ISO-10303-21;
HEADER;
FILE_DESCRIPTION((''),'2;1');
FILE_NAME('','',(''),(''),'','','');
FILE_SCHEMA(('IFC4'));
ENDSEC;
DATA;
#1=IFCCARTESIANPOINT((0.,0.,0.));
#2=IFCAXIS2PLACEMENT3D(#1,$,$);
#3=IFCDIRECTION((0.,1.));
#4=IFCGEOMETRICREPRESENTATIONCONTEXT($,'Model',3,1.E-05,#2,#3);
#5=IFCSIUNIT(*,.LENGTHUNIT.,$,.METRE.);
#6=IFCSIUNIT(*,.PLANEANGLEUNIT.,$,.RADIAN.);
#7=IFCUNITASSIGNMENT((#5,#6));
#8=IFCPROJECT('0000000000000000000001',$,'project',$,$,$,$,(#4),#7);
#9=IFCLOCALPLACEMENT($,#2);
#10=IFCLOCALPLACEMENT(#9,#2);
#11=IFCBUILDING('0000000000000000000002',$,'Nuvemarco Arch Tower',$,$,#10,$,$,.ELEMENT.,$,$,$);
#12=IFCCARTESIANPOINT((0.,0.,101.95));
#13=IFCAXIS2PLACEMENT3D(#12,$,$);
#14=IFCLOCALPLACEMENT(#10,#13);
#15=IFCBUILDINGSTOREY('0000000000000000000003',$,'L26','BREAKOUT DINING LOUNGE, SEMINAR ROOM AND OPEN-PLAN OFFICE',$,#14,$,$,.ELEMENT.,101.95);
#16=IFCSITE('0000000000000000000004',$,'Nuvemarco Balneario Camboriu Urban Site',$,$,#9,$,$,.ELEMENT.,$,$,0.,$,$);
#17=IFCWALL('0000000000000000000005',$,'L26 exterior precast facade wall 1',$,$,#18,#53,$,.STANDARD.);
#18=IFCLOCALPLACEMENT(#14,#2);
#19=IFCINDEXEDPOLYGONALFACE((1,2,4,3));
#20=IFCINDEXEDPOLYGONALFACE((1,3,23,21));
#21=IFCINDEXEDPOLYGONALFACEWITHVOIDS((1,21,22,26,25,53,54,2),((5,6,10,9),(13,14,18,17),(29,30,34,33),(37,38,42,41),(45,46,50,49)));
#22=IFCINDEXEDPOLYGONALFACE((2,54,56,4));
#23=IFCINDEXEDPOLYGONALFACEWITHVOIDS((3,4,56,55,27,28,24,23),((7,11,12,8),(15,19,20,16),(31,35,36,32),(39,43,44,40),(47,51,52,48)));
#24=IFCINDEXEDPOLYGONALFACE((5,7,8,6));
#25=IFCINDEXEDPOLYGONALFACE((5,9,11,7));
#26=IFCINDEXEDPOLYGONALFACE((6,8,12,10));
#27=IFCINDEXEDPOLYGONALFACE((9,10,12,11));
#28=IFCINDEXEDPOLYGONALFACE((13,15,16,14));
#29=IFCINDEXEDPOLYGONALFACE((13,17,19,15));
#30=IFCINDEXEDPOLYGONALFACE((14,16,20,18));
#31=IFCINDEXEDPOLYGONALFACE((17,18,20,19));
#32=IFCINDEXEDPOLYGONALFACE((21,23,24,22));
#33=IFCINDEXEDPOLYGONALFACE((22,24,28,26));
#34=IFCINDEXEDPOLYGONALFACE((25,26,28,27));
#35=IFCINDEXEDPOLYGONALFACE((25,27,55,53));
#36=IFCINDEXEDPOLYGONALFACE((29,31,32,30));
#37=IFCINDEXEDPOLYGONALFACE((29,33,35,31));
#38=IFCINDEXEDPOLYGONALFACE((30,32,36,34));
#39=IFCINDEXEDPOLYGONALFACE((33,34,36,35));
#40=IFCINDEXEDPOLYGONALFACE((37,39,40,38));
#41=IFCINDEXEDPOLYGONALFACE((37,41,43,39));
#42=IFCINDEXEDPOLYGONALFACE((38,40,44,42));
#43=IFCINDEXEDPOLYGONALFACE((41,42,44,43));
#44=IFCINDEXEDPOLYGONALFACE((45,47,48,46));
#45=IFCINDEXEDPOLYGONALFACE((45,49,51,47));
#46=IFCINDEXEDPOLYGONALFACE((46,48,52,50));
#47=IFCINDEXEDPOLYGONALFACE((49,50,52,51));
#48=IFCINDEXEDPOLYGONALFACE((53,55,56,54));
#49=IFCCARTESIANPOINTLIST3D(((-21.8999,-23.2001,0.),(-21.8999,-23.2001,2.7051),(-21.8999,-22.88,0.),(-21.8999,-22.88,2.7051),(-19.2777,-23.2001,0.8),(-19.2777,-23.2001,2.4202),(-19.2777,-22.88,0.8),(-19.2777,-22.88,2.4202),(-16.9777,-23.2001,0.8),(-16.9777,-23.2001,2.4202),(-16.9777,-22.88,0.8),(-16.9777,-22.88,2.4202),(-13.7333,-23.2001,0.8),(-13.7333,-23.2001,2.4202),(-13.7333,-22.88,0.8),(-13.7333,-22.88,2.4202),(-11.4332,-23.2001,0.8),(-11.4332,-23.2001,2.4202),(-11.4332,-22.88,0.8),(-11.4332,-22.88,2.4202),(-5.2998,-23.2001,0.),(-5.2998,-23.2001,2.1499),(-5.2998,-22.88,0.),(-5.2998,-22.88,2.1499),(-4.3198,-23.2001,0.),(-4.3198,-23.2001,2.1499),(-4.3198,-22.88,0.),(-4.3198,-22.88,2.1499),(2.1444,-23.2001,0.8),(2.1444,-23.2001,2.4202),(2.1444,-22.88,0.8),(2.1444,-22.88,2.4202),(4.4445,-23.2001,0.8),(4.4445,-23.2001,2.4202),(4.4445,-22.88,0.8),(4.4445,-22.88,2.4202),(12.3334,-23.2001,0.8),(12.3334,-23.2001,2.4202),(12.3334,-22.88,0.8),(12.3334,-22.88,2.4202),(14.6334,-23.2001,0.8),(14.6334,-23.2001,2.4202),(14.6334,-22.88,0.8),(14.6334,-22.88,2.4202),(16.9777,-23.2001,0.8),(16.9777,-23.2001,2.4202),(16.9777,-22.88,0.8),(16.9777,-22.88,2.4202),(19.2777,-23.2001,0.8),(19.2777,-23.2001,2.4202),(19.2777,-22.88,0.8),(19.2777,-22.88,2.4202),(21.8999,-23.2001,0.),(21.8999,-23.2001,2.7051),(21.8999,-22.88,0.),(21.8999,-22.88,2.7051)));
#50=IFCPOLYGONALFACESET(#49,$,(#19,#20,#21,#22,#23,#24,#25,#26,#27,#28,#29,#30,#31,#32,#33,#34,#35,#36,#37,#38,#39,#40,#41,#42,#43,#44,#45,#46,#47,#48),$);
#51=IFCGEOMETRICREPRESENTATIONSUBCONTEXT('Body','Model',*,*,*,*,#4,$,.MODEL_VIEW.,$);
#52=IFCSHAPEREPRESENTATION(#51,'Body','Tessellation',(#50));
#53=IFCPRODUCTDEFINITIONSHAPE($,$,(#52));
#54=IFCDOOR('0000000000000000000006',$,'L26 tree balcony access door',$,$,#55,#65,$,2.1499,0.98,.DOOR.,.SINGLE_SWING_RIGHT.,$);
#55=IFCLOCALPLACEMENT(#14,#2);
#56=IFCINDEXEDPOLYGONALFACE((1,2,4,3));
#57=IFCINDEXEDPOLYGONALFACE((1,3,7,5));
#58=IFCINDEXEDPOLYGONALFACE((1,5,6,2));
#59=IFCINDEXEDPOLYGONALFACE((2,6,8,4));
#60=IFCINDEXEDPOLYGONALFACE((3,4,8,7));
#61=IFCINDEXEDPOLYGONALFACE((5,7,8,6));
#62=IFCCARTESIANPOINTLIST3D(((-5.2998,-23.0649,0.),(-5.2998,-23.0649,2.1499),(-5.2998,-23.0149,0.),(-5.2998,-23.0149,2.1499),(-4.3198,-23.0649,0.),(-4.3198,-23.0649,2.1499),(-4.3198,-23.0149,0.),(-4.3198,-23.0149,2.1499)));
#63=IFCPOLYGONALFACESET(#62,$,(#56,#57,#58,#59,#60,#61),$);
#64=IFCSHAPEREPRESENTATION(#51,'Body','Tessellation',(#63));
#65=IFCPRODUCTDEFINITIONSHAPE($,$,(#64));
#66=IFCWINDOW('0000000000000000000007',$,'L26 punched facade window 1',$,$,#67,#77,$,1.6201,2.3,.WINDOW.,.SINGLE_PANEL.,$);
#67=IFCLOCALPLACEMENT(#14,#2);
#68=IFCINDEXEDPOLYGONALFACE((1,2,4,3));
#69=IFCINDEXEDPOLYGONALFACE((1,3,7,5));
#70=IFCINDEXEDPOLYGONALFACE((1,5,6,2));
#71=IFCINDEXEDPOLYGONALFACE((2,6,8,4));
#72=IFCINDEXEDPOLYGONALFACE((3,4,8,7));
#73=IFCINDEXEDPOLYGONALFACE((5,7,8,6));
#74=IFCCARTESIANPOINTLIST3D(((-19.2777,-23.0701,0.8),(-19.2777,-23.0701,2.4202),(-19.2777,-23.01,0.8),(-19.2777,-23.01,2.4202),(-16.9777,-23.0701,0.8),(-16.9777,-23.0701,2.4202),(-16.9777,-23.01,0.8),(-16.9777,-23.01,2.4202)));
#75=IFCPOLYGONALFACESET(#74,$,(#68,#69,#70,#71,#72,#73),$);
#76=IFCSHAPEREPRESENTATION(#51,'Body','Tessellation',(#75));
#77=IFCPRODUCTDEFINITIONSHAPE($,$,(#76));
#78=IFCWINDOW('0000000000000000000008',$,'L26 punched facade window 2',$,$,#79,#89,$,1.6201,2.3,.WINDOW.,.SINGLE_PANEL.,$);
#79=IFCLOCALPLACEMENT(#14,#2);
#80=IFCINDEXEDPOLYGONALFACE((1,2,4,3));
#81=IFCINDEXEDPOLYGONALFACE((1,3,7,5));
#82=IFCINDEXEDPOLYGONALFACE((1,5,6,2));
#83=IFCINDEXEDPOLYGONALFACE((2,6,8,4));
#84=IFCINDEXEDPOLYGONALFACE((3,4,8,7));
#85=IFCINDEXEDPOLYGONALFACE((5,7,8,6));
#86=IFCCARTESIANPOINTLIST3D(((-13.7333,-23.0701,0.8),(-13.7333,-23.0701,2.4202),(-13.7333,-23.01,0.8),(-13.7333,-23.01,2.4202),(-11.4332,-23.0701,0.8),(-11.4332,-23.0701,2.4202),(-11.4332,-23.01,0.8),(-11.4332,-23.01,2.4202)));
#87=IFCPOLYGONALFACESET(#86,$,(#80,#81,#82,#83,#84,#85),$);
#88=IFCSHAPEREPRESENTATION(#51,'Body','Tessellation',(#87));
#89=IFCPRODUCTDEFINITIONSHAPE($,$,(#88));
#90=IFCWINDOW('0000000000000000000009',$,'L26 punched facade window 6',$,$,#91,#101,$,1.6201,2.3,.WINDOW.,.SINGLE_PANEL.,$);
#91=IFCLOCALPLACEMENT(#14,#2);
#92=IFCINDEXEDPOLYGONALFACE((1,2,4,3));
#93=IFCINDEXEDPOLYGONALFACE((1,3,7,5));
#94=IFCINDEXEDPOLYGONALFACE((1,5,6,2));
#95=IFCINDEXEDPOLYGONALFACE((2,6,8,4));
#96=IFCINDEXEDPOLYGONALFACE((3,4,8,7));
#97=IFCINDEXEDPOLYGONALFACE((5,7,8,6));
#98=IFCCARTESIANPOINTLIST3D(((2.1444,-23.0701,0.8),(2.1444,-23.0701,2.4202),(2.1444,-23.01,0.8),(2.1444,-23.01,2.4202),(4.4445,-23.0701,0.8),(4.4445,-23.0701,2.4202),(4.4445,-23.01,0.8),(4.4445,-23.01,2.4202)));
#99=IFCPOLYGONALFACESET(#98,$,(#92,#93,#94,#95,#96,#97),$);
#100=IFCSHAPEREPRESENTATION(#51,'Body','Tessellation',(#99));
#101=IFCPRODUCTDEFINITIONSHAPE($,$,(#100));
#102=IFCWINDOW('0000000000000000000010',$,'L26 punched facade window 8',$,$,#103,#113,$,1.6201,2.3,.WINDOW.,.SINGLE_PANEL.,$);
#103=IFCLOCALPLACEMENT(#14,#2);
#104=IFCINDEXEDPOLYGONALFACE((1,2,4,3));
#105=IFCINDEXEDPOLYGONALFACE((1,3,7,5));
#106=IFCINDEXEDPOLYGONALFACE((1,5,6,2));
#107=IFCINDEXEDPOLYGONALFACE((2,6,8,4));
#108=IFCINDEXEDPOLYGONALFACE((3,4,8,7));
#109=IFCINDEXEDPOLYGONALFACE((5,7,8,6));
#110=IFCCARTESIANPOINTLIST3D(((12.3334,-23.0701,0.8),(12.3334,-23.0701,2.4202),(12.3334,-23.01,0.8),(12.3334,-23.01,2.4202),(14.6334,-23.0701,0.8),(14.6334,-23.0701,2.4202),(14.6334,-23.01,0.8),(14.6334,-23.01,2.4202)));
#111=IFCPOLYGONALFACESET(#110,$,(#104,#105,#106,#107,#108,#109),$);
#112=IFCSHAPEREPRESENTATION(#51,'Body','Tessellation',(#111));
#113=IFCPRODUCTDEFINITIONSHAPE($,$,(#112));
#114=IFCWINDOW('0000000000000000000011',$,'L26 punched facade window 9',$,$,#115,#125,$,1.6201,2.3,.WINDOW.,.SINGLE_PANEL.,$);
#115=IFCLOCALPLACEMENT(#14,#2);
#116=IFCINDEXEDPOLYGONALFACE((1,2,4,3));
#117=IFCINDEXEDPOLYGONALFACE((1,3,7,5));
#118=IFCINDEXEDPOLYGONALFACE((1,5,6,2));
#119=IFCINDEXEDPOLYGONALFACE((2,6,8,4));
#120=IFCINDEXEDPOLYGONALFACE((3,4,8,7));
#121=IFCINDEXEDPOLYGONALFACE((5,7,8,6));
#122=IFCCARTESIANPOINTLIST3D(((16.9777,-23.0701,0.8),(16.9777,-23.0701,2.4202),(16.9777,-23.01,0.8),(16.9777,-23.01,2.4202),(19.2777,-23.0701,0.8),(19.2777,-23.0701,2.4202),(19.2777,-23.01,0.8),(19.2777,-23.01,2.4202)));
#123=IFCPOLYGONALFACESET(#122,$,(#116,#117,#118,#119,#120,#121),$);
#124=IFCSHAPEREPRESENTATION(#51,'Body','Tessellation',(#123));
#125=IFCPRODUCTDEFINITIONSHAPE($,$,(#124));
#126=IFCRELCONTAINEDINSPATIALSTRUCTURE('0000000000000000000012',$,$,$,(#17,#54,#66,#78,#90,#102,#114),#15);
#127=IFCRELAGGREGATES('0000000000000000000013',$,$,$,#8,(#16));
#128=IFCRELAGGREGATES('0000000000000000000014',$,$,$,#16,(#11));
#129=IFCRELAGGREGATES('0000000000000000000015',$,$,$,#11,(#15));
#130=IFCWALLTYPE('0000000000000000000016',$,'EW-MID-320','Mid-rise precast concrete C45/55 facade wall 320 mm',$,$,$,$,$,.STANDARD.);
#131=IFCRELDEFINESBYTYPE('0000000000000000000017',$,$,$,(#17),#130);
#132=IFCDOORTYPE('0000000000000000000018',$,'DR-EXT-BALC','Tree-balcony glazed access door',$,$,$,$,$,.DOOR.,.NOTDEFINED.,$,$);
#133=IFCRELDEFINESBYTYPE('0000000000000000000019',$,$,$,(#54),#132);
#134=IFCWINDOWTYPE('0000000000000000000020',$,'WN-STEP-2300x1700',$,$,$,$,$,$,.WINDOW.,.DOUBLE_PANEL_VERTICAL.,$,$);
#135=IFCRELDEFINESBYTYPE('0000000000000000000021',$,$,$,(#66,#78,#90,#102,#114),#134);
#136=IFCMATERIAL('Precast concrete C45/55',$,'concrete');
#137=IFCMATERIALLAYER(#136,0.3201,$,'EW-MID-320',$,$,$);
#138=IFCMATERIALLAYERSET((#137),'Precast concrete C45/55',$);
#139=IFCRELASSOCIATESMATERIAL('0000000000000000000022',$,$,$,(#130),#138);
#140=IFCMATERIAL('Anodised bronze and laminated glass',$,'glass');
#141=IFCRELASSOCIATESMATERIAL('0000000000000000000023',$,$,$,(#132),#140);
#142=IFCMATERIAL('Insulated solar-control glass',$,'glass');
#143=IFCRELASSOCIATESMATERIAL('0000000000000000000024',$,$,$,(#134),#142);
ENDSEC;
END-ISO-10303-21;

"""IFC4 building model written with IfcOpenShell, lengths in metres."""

from ifc_helpers import new_model, si_unit, direction, frame, frame_2d, origin, place, context, subcontext, project, spatial, rectangle, extrude, source, transform, mapped, material, layer, layer_set, type_object, type_shapes, element, fill, save


model = new_model("IFC4")

# Units and contexts
model_context = context("Model", 3, precision=1e-05, world=origin(), true_north=direction((0.0, 1.0)))
body_context = subcontext(model_context, "Body", "Model", "MODEL_VIEW")
ifc_project = project(units=[si_unit("LENGTHUNIT", "METRE"), si_unit("PLANEANGLEUNIT", "RADIAN")], contexts=[model_context])

# Site, building, storey
site_placement = place(None, origin())
site = spatial("IfcSite", under=ifc_project, at=site_placement, Name="Nuvemarco Balneario Camboriu Urban Site", CompositionType="ELEMENT", RefElevation=0.0)
building_placement = place(site_placement, origin())
building = spatial("IfcBuilding", under=site, at=building_placement, Name="Nuvemarco Arch Tower", CompositionType="ELEMENT")
storey_placement = place(building_placement, frame((0.0, 0.0, 101.95)))
storey = spatial("IfcBuildingStorey", under=building, at=storey_placement, Name="L26", Description="BREAKOUT DINING LOUNGE, SEMINAR ROOM AND OPEN-PLAN OFFICE", CompositionType="ELEMENT", Elevation=101.95)

# Wall, openings, door, windows
ifc_material_1 = material(Name="Precast concrete C45/55", Category="concrete")
ifc_layer_1 = layer(ifc_material_1, 0.3201, Name="EW-MID-320")
ifc_layer_set_1 = layer_set([ifc_layer_1], Name="Precast concrete C45/55")
wall_type_1 = type_object("IfcWallType", Name="EW-MID-320", Description="Mid-rise precast concrete C45/55 facade wall 320 mm", PredefinedType="STANDARD", material=ifc_layer_set_1)
wall_1_placement = place(storey_placement, frame((-21.8999, -23.04, 0.0), z_axis=(0.0, 0.0, 1.0), x_axis=(1.0, 0.0, 0.0)))
wall_1 = element("IfcWall", 1, at=wall_1_placement, inside=storey, type_object=wall_type_1, Name="L26 exterior precast facade wall 1", PredefinedType="STANDARD", context=body_context, shape_type="SweptSolid", body=[
    extrude(rectangle(XDim=43.7998, YDim=0.3201, at=frame_2d((21.8999, 0.0))), origin(), (0.0, 0.0, 1.0), 2.7051),
])
opening_1_placement = place(wall_1_placement, frame((17.5801, 0.0, 0.0), z_axis=(0.0, 0.0, 1.0), x_axis=(-1.0, 0.0, 0.0)))
opening_1 = element("IfcOpeningElement", 2, at=opening_1_placement, cuts=wall_1, PredefinedType="OPENING", context=body_context, shape_type="SweptSolid", body=[
    extrude(rectangle(XDim=0.98, YDim=2.1499, at=frame_2d((0.49, 1.075))), frame((0.0, 0.1699, 0.0), z_axis=(0.0, -1.0, 0.0), x_axis=(1.0, 0.0, 0.0)), (0.0, 0.0, 1.0), 0.3401),
])
opening_2_placement = place(wall_1_placement, frame((2.6223, 0.0, 0.8)))
opening_2 = element("IfcOpeningElement", 3, at=opening_2_placement, cuts=wall_1, PredefinedType="OPENING", context=body_context, shape_type="SweptSolid", body=[
    extrude(rectangle(XDim=2.3, YDim=1.6201, at=frame_2d((1.1499, 0.8101))), frame((0.0, 0.1699, 0.0), z_axis=(0.0, -1.0, 0.0), x_axis=(1.0, 0.0, 0.0)), (0.0, 0.0, 1.0), 0.3401),
])
opening_3_placement = place(wall_1_placement, frame((8.1667, 0.0, 0.8)))
opening_3 = element("IfcOpeningElement", 4, at=opening_3_placement, cuts=wall_1, PredefinedType="OPENING", context=body_context, shape_type="SweptSolid", body=[
    extrude(rectangle(XDim=2.3, YDim=1.6201, at=frame_2d((1.1499, 0.8101))), frame((0.0, 0.1699, 0.0), z_axis=(0.0, -1.0, 0.0), x_axis=(1.0, 0.0, 0.0)), (0.0, 0.0, 1.0), 0.3401),
])
opening_4_placement = place(wall_1_placement, frame((24.0444, 0.0, 0.8)))
opening_4 = element("IfcOpeningElement", 5, at=opening_4_placement, cuts=wall_1, PredefinedType="OPENING", context=body_context, shape_type="SweptSolid", body=[
    extrude(rectangle(XDim=2.3, YDim=1.6201, at=frame_2d((1.1499, 0.8101))), frame((0.0, 0.1699, 0.0), z_axis=(0.0, -1.0, 0.0), x_axis=(1.0, 0.0, 0.0)), (0.0, 0.0, 1.0), 0.3401),
])
opening_5_placement = place(wall_1_placement, frame((34.2334, 0.0, 0.8)))
opening_5 = element("IfcOpeningElement", 6, at=opening_5_placement, cuts=wall_1, PredefinedType="OPENING", context=body_context, shape_type="SweptSolid", body=[
    extrude(rectangle(XDim=2.3, YDim=1.6201, at=frame_2d((1.1499, 0.8101))), frame((0.0, 0.1699, 0.0), z_axis=(0.0, -1.0, 0.0), x_axis=(1.0, 0.0, 0.0)), (0.0, 0.0, 1.0), 0.3401),
])
opening_6_placement = place(wall_1_placement, frame((38.8777, 0.0, 0.8)))
opening_6 = element("IfcOpeningElement", 7, at=opening_6_placement, cuts=wall_1, PredefinedType="OPENING", context=body_context, shape_type="SweptSolid", body=[
    extrude(rectangle(XDim=2.3, YDim=1.6201, at=frame_2d((1.1499, 0.8101))), frame((0.0, 0.1699, 0.0), z_axis=(0.0, -1.0, 0.0), x_axis=(1.0, 0.0, 0.0)), (0.0, 0.0, 1.0), 0.3401),
])
ifc_material_2 = material(Name="Anodised bronze and laminated glass", Category="glass")
door_type = type_object("IfcDoorType", Name="DR-EXT-BALC", Description="Tree-balcony glazed access door", OperationType="NOTDEFINED", PredefinedType="DOOR", material=ifc_material_2)
shared_shape_1 = source(origin(), body_context, "Body", "SweptSolid", [
    extrude(rectangle(XDim=0.98, YDim=2.1499, at=frame_2d((0.49, 1.075))), frame((0.0, 0.0249, 0.0), z_axis=(0.0, -1.0, 0.0), x_axis=(1.0, 0.0, 0.0)), (0.0, 0.0, 1.0), 0.05),
])
type_shapes(door_type, [shared_shape_1])
door_placement = place(opening_1_placement, origin())
door = element("IfcDoor", 8, at=door_placement, inside=storey, type_object=door_type, Name="L26 tree balcony access door", OperationType="SINGLE_SWING_RIGHT", OverallHeight=2.1499, OverallWidth=0.98, PredefinedType="DOOR", context=body_context, shape_type="MappedRepresentation", body=[
    mapped(shared_shape_1, transform((0.0, 0.0, 0.0), scale=1.0)),
])
fill(opening_1, door)
ifc_material_3 = material(Name="Insulated solar-control glass", Category="glass")
window_type_1 = type_object("IfcWindowType", Name="WN-STEP-2300x1700", PartitioningType="DOUBLE_PANEL_VERTICAL", PredefinedType="WINDOW", material=ifc_material_3)
shared_shape_2 = source(origin(), body_context, "Body", "SweptSolid", [
    extrude(rectangle(XDim=2.3, YDim=1.6201, at=frame_2d((1.1499, 0.8101))), frame((0.0, 0.03, 0.0), z_axis=(0.0, -1.0, 0.0), x_axis=(1.0, 0.0, 0.0)), (0.0, 0.0, 1.0), 0.0601),
])
type_shapes(window_type_1, [shared_shape_2])
window_1_placement = place(opening_2_placement, origin())
window_1 = element("IfcWindow", 9, at=window_1_placement, inside=storey, type_object=window_type_1, Name="L26 punched facade window 1", OverallHeight=1.6201, OverallWidth=2.3, PartitioningType="SINGLE_PANEL", PredefinedType="WINDOW", context=body_context, shape_type="MappedRepresentation", body=[
    mapped(shared_shape_2, transform((0.0, 0.0, 0.0), scale=1.0)),
])
fill(opening_2, window_1)
window_2_placement = place(opening_3_placement, origin())
window_2 = element("IfcWindow", 10, at=window_2_placement, inside=storey, type_object=window_type_1, Name="L26 punched facade window 2", OverallHeight=1.6201, OverallWidth=2.3, PartitioningType="SINGLE_PANEL", PredefinedType="WINDOW", context=body_context, shape_type="MappedRepresentation", body=[
    mapped(shared_shape_2, transform((0.0, 0.0, 0.0), scale=1.0)),
])
fill(opening_3, window_2)
window_3_placement = place(opening_4_placement, origin())
window_3 = element("IfcWindow", 11, at=window_3_placement, inside=storey, type_object=window_type_1, Name="L26 punched facade window 6", OverallHeight=1.6201, OverallWidth=2.3, PartitioningType="SINGLE_PANEL", PredefinedType="WINDOW", context=body_context, shape_type="MappedRepresentation", body=[
    mapped(shared_shape_2, transform((0.0, 0.0, 0.0), scale=1.0)),
])
fill(opening_4, window_3)
window_4_placement = place(opening_5_placement, origin())
window_4 = element("IfcWindow", 12, at=window_4_placement, inside=storey, type_object=window_type_1, Name="L26 punched facade window 8", OverallHeight=1.6201, OverallWidth=2.3, PartitioningType="SINGLE_PANEL", PredefinedType="WINDOW", context=body_context, shape_type="MappedRepresentation", body=[
    mapped(shared_shape_2, transform((0.0, 0.0, 0.0), scale=1.0)),
])
fill(opening_5, window_4)
window_5_placement = place(opening_6_placement, origin())
window_5 = element("IfcWindow", 13, at=window_5_placement, inside=storey, type_object=window_type_1, Name="L26 punched facade window 9", OverallHeight=1.6201, OverallWidth=2.3, PartitioningType="SINGLE_PANEL", PredefinedType="WINDOW", context=body_context, shape_type="MappedRepresentation", body=[
    mapped(shared_shape_2, transform((0.0, 0.0, 0.0), scale=1.0)),
])
fill(opening_6, window_5)

save(model, "model.ifc")
